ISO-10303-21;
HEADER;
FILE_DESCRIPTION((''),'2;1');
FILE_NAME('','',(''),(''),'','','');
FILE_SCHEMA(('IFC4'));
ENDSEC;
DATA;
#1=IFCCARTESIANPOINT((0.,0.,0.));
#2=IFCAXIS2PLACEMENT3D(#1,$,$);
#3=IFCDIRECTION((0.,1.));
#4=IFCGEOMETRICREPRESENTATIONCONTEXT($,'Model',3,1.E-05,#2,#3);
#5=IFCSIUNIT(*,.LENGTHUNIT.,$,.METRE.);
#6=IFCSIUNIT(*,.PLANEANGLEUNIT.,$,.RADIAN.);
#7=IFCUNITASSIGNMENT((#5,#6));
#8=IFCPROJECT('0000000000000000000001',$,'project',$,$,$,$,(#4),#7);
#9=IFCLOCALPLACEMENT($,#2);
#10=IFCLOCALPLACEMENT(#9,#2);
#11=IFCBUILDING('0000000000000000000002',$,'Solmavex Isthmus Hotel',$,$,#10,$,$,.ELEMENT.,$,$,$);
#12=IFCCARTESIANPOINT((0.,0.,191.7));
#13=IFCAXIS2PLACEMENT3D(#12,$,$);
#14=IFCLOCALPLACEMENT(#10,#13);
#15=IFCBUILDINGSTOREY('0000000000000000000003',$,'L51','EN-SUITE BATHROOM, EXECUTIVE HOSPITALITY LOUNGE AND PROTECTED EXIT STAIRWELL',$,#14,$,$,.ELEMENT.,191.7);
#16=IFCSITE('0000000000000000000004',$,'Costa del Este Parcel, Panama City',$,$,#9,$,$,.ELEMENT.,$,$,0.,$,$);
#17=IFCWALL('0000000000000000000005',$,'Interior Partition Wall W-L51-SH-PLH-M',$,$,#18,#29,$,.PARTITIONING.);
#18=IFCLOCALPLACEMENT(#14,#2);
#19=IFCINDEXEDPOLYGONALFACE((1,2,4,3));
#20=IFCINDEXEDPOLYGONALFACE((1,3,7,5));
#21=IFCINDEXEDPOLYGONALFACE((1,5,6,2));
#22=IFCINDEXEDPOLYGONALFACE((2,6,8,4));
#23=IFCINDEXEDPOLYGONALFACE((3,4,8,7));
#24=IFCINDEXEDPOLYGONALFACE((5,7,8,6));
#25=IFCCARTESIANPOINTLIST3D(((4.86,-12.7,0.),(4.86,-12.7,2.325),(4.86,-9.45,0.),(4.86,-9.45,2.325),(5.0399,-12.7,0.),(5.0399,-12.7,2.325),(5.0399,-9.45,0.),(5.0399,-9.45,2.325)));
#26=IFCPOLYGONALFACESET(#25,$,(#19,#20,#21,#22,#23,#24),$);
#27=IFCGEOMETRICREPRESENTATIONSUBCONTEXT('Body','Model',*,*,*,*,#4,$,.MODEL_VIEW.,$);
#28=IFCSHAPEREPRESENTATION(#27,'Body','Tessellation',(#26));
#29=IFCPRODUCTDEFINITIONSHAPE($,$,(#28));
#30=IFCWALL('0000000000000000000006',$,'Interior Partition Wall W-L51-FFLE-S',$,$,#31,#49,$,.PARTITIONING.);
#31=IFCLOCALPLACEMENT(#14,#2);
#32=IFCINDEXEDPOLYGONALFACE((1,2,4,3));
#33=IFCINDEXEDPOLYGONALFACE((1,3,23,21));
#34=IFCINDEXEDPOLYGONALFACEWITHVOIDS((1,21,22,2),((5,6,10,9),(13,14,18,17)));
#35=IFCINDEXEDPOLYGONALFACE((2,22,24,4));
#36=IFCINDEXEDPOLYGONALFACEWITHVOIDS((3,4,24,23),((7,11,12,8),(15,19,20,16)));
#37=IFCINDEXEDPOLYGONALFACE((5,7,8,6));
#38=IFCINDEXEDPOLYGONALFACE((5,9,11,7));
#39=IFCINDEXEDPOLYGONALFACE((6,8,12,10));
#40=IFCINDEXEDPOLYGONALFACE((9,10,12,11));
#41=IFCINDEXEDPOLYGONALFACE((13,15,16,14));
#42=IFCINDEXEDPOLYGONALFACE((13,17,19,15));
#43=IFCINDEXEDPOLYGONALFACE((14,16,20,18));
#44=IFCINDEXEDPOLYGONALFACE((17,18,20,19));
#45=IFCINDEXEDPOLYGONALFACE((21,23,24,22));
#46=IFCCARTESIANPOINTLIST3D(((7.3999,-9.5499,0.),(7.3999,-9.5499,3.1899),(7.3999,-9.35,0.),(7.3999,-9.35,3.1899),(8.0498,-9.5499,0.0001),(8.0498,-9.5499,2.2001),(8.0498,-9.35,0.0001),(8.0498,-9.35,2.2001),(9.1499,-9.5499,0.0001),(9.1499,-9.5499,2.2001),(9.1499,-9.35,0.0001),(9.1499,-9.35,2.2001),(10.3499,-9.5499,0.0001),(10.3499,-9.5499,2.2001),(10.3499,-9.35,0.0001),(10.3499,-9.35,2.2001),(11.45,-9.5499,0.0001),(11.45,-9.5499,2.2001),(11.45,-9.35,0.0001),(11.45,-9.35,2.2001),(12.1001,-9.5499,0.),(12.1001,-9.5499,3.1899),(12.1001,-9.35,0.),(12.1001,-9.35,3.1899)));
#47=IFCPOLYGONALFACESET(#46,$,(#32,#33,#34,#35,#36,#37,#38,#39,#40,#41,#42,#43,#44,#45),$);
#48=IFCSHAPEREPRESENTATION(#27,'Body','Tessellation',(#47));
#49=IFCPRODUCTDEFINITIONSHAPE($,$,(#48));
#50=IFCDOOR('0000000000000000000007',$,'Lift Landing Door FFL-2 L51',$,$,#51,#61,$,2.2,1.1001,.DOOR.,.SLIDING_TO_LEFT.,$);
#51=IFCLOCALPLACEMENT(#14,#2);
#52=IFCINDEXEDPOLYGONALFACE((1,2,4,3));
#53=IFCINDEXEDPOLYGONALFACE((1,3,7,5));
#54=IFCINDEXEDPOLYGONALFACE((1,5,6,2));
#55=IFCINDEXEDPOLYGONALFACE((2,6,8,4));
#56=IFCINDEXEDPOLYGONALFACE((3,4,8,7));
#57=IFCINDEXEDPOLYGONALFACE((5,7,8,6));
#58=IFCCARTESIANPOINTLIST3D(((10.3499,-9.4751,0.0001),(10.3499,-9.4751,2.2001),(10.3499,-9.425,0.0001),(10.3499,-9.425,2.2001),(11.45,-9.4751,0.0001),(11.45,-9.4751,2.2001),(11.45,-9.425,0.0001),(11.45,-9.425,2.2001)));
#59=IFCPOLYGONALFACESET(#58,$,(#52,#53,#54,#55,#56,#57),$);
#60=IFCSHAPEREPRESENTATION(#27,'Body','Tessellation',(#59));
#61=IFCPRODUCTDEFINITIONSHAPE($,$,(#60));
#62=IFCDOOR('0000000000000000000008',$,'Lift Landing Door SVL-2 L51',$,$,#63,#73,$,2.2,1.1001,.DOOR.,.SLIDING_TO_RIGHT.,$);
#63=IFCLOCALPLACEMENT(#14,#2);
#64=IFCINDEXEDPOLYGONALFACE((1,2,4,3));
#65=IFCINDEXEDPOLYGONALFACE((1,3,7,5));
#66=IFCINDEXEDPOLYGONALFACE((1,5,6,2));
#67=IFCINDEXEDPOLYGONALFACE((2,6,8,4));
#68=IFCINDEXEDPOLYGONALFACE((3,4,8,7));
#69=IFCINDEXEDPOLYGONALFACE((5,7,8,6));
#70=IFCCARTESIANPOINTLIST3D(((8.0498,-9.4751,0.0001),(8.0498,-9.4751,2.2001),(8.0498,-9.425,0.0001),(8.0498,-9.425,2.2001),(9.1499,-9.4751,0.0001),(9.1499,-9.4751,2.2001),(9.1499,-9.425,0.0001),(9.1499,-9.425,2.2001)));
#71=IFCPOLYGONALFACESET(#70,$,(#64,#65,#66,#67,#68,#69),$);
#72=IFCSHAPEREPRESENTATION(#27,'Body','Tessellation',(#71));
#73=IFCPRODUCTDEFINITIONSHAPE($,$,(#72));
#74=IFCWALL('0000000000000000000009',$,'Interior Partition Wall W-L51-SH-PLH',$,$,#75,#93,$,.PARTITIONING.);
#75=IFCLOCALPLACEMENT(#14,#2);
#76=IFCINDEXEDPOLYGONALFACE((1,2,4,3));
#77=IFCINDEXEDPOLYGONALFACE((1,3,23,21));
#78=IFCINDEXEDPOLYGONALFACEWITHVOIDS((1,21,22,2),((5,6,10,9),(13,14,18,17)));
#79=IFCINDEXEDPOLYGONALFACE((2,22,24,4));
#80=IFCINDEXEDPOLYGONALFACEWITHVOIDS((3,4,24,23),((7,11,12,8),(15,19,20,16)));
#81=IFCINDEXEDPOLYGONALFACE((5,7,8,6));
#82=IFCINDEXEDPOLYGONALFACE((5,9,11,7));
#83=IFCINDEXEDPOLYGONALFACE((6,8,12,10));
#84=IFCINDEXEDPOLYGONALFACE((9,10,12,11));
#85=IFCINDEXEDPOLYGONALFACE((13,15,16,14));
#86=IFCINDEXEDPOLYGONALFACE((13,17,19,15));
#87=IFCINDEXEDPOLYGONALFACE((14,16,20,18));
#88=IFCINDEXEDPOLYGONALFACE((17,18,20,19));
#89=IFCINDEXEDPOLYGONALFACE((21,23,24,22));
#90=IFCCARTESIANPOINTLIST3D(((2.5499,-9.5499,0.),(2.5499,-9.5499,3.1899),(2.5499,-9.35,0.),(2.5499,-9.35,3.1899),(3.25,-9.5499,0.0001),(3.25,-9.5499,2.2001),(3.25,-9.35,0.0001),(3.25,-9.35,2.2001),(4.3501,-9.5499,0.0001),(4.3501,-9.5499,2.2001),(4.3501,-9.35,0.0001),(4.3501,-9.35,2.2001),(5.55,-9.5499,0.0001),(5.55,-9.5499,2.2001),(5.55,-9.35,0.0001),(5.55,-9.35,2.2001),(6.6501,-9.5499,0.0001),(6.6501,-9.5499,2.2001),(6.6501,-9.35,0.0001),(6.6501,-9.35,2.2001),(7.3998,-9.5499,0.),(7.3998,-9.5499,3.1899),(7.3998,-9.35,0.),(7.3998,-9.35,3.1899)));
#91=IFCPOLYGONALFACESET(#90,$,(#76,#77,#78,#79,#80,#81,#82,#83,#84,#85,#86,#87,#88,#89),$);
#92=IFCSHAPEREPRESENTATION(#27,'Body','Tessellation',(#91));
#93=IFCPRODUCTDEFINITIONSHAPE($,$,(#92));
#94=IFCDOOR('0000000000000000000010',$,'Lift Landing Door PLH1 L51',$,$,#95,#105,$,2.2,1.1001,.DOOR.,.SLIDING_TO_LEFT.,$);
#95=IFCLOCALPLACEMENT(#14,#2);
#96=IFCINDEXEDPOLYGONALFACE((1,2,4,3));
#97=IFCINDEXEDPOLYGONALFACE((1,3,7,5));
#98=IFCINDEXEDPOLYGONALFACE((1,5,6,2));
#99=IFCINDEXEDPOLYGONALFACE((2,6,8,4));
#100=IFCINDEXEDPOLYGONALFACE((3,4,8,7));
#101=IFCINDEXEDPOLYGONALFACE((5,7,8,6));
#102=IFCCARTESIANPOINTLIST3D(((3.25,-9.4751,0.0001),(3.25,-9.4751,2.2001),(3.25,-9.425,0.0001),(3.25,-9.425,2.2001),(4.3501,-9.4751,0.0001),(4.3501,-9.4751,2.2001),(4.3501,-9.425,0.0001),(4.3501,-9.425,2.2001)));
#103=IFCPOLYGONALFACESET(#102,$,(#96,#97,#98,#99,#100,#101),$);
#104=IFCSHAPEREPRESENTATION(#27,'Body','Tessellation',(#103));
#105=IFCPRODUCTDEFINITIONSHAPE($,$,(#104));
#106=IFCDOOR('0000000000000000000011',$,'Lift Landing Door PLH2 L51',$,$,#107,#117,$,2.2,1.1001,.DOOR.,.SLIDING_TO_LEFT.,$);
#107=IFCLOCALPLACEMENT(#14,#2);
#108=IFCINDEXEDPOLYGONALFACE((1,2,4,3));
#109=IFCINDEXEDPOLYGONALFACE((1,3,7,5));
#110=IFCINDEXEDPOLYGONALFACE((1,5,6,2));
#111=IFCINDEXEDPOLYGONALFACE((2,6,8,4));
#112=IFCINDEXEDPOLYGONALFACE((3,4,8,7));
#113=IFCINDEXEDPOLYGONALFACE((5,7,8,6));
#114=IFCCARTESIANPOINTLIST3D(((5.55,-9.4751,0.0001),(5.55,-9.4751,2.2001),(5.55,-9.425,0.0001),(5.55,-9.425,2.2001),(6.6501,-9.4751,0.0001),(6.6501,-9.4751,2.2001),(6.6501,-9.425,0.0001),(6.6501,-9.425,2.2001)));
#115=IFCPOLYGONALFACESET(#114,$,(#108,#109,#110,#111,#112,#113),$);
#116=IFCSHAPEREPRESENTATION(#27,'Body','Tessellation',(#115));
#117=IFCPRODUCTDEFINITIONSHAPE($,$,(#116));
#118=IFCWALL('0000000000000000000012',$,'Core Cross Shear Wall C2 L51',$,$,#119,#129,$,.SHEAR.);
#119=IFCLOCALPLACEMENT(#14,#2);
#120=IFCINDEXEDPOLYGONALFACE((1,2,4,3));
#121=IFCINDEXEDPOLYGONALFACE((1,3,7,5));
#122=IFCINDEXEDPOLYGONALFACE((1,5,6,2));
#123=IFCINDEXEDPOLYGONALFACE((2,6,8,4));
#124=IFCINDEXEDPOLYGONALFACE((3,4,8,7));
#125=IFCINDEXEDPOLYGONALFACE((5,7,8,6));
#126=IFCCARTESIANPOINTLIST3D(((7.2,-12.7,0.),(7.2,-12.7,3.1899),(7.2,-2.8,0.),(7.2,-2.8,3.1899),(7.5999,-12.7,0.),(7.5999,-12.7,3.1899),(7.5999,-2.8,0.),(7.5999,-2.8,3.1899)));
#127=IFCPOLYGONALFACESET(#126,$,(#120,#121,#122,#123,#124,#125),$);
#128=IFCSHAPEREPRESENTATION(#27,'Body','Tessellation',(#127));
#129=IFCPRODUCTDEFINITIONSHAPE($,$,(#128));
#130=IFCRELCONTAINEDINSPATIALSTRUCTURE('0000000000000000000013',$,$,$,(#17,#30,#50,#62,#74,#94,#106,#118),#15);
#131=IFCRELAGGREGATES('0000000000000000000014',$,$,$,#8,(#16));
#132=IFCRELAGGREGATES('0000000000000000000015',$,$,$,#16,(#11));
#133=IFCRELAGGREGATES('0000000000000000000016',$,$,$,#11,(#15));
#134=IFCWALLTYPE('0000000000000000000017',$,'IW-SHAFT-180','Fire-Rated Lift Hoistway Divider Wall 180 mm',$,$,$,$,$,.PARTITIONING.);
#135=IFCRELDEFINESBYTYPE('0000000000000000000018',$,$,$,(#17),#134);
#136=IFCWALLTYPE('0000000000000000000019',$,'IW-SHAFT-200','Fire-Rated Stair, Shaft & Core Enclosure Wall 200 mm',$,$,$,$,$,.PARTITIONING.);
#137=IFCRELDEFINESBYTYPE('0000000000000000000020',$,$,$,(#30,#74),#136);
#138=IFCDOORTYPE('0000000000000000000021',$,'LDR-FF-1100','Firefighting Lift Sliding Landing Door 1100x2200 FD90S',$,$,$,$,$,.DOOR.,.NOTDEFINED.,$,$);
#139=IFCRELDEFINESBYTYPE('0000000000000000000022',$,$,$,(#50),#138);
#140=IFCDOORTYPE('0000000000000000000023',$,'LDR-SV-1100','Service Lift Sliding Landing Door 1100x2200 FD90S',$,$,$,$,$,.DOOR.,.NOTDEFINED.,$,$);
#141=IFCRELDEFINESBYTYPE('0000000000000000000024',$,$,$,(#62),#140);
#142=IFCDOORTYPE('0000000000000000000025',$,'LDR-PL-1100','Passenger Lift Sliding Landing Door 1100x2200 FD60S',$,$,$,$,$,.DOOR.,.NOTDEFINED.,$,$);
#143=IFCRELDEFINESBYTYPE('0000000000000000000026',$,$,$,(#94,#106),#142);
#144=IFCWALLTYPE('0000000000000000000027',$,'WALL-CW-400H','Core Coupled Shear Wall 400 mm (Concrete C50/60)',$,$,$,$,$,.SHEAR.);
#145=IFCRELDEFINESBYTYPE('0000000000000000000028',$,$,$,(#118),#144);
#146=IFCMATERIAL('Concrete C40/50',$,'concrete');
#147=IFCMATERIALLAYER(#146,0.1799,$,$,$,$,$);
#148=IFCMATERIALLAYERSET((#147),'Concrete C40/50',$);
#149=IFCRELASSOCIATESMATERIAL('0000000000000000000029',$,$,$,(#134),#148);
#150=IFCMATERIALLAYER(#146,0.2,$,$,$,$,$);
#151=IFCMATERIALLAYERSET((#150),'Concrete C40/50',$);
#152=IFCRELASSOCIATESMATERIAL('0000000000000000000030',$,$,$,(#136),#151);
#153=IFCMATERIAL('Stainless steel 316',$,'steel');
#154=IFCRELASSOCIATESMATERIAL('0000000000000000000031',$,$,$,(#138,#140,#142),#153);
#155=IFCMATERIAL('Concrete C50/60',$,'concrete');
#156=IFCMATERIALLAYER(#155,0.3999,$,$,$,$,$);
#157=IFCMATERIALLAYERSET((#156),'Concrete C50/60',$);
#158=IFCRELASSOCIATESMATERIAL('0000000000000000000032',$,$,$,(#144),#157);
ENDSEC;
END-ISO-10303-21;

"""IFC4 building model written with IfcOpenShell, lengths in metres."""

from ifc_helpers import new_model, si_unit, direction, frame, frame_2d, origin, place, context, subcontext, project, spatial, rectangle, extrude, material, layer, layer_set, type_object, element, fill, save


model = new_model("IFC4")

# Units and contexts
model_context = context("Model", 3, precision=1e-05, world=origin(), true_north=direction((0.0, 1.0)))
body_context = subcontext(model_context, "Body", "Model", "MODEL_VIEW")
ifc_project = project(units=[si_unit("LENGTHUNIT", "METRE"), si_unit("PLANEANGLEUNIT", "RADIAN")], contexts=[model_context])

# Site, building, storey
site_placement = place(None, origin())
site = spatial("IfcSite", under=ifc_project, at=site_placement, Name="Costa del Este Parcel, Panama City", CompositionType="ELEMENT", RefElevation=0.0)
building_placement = place(site_placement, origin())
building = spatial("IfcBuilding", under=site, at=building_placement, Name="Solmavex Isthmus Hotel", CompositionType="ELEMENT")
storey_placement = place(building_placement, frame((0.0, 0.0, 191.7)))
storey = spatial("IfcBuildingStorey", under=building, at=storey_placement, Name="L51", Description="EN-SUITE BATHROOM, EXECUTIVE HOSPITALITY LOUNGE AND PROTECTED EXIT STAIRWELL", CompositionType="ELEMENT", Elevation=191.7)

# Shared definitions
ifc_material_1 = material(Name="Concrete C50/60", Category="concrete")

# Wall
ifc_material_2 = material(Name="Concrete C40/50", Category="concrete")
ifc_layer_1 = layer(ifc_material_2, 0.1799)
ifc_layer_set_1 = layer_set([ifc_layer_1], Name="Concrete C40/50")
wall_type_1 = type_object("IfcWallType", Name="IW-SHAFT-180", Description="Fire-Rated Lift Hoistway Divider Wall 180 mm", PredefinedType="PARTITIONING", material=ifc_layer_set_1)
wall_1_placement = place(storey_placement, frame((4.95, -12.7, 0.0), z_axis=(0.0, 0.0, 1.0), x_axis=(0.0, 1.0, 0.0)))
element("IfcWall", 1, at=wall_1_placement, inside=storey, type_object=wall_type_1, Name="Interior Partition Wall W-L51-SH-PLH-M", PredefinedType="PARTITIONING", context=body_context, shape_type="SweptSolid", body=[
    extrude(rectangle(XDim=3.25, YDim=0.1799, at=frame_2d((1.625, 0.0))), origin(), (0.0, 0.0, 1.0), 2.325),
])

# Walls, openings, doors
ifc_layer_2 = layer(ifc_material_2, 0.2)
ifc_layer_set_2 = layer_set([ifc_layer_2], Name="Concrete C40/50")
wall_type_2 = type_object("IfcWallType", Name="IW-SHAFT-200", Description="Fire-Rated Stair, Shaft & Core Enclosure Wall 200 mm", PredefinedType="PARTITIONING", material=ifc_layer_set_2)
wall_2_placement = place(storey_placement, frame((7.3999, -9.45, 0.0), z_axis=(0.0, 0.0, 1.0), x_axis=(1.0, 0.0, 0.0)))
wall_2 = element("IfcWall", 2, at=wall_2_placement, inside=storey, type_object=wall_type_2, Name="Interior Partition Wall W-L51-FFLE-S", PredefinedType="PARTITIONING", context=body_context, shape_type="SweptSolid", body=[
    extrude(rectangle(XDim=4.7002, YDim=0.2, at=frame_2d((2.3501, 0.0))), origin(), (0.0, 0.0, 1.0), 3.1899),
])
opening_1_placement = place(wall_2_placement, frame((2.95, 0.0, 0.0)))
opening_1 = element("IfcOpeningElement", 3, at=opening_1_placement, cuts=wall_2, PredefinedType="OPENING", context=body_context, shape_type="SweptSolid", body=[
    extrude(rectangle(XDim=1.1001, YDim=2.2, at=frame_2d((0.55, 1.1001))), frame((0.0, 0.1099, 0.0), z_axis=(0.0, -1.0, 0.0), x_axis=(1.0, 0.0, 0.0)), (0.0, 0.0, 1.0), 0.22),
])
opening_2_placement = place(wall_2_placement, frame((0.6499, 0.0, 0.0)))
opening_2 = element("IfcOpeningElement", 4, at=opening_2_placement, cuts=wall_2, PredefinedType="OPENING", context=body_context, shape_type="SweptSolid", body=[
    extrude(rectangle(XDim=1.1001, YDim=2.2, at=frame_2d((0.55, 1.1001))), frame((0.0, 0.1099, 0.0), z_axis=(0.0, -1.0, 0.0), x_axis=(1.0, 0.0, 0.0)), (0.0, 0.0, 1.0), 0.22),
])
ifc_material_3 = material(Name="Stainless steel 316", Category="steel")
door_type_1 = type_object("IfcDoorType", Name="LDR-FF-1100", Description="Firefighting Lift Sliding Landing Door 1100x2200 FD90S", OperationType="NOTDEFINED", PredefinedType="DOOR", material=ifc_material_3)
door_1_placement = place(opening_1_placement, origin())
door_1 = element("IfcDoor", 5, at=door_1_placement, inside=storey, type_object=door_type_1, Name="Lift Landing Door FFL-2 L51", OperationType="SLIDING_TO_LEFT", OverallHeight=2.2, OverallWidth=1.1001, PredefinedType="DOOR", context=body_context, shape_type="SweptSolid", body=[
    extrude(rectangle(XDim=1.1001, YDim=2.2, at=frame_2d((0.55, 1.1001))), frame((0.0, 0.0249, 0.0), z_axis=(0.0, -1.0, 0.0), x_axis=(1.0, 0.0, 0.0)), (0.0, 0.0, 1.0), 0.05),
])
fill(opening_1, door_1)
door_type_2 = type_object("IfcDoorType", Name="LDR-SV-1100", Description="Service Lift Sliding Landing Door 1100x2200 FD90S", OperationType="NOTDEFINED", PredefinedType="DOOR", material=ifc_material_3)
door_2_placement = place(opening_2_placement, origin())
door_2 = element("IfcDoor", 6, at=door_2_placement, inside=storey, type_object=door_type_2, Name="Lift Landing Door SVL-2 L51", OperationType="SLIDING_TO_RIGHT", OverallHeight=2.2, OverallWidth=1.1001, PredefinedType="DOOR", context=body_context, shape_type="SweptSolid", body=[
    extrude(rectangle(XDim=1.1001, YDim=2.2, at=frame_2d((0.55, 1.1001))), frame((0.0, 0.0249, 0.0), z_axis=(0.0, -1.0, 0.0), x_axis=(1.0, 0.0, 0.0)), (0.0, 0.0, 1.0), 0.05),
])
fill(opening_2, door_2)
wall_3_placement = place(storey_placement, frame((2.55, -9.45, 0.0), z_axis=(0.0, 0.0, 1.0), x_axis=(1.0, 0.0, 0.0)))
wall_3 = element("IfcWall", 7, at=wall_3_placement, inside=storey, type_object=wall_type_2, Name="Interior Partition Wall W-L51-SH-PLH", PredefinedType="PARTITIONING", context=body_context, shape_type="SweptSolid", body=[
    extrude(rectangle(XDim=4.8499, YDim=0.2, at=frame_2d((2.4248, 0.0))), origin(), (0.0, 0.0, 1.0), 3.1899),
])
opening_3_placement = place(wall_3_placement, frame((0.7, 0.0, 0.0)))
opening_3 = element("IfcOpeningElement", 8, at=opening_3_placement, cuts=wall_3, PredefinedType="OPENING", context=body_context, shape_type="SweptSolid", body=[
    extrude(rectangle(XDim=1.1001, YDim=2.2, at=frame_2d((0.55, 1.1001))), frame((0.0, 0.1099, 0.0), z_axis=(0.0, -1.0, 0.0), x_axis=(1.0, 0.0, 0.0)), (0.0, 0.0, 1.0), 0.22),
])
opening_4_placement = place(wall_3_placement, frame((3.0, 0.0, 0.0)))
opening_4 = element("IfcOpeningElement", 9, at=opening_4_placement, cuts=wall_3, PredefinedType="OPENING", context=body_context, shape_type="SweptSolid", body=[
    extrude(rectangle(XDim=1.1001, YDim=2.2, at=frame_2d((0.55, 1.1001))), frame((0.0, 0.1099, 0.0), z_axis=(0.0, -1.0, 0.0), x_axis=(1.0, 0.0, 0.0)), (0.0, 0.0, 1.0), 0.22),
])
door_type_3 = type_object("IfcDoorType", Name="LDR-PL-1100", Description="Passenger Lift Sliding Landing Door 1100x2200 FD60S", OperationType="NOTDEFINED", PredefinedType="DOOR", material=ifc_material_3)
door_3_placement = place(opening_3_placement, origin())
door_3 = element("IfcDoor", 10, at=door_3_placement, inside=storey, type_object=door_type_3, Name="Lift Landing Door PLH1 L51", OperationType="SLIDING_TO_LEFT", OverallHeight=2.2, OverallWidth=1.1001, PredefinedType="DOOR", context=body_context, shape_type="SweptSolid", body=[
    extrude(rectangle(XDim=1.1001, YDim=2.2, at=frame_2d((0.55, 1.1001))), frame((0.0, 0.0249, 0.0), z_axis=(0.0, -1.0, 0.0), x_axis=(1.0, 0.0, 0.0)), (0.0, 0.0, 1.0), 0.05),
])
fill(opening_3, door_3)
door_4_placement = place(opening_4_placement, origin())
door_4 = element("IfcDoor", 11, at=door_4_placement, inside=storey, type_object=door_type_3, Name="Lift Landing Door PLH2 L51", OperationType="SLIDING_TO_LEFT", OverallHeight=2.2, OverallWidth=1.1001, PredefinedType="DOOR", context=body_context, shape_type="SweptSolid", body=[
    extrude(rectangle(XDim=1.1001, YDim=2.2, at=frame_2d((0.55, 1.1001))), frame((0.0, 0.0249, 0.0), z_axis=(0.0, -1.0, 0.0), x_axis=(1.0, 0.0, 0.0)), (0.0, 0.0, 1.0), 0.05),
])
fill(opening_4, door_4)

# Wall
ifc_layer_3 = layer(ifc_material_1, 0.3999)
ifc_layer_set_3 = layer_set([ifc_layer_3], Name="Concrete C50/60")
wall_type_3 = type_object("IfcWallType", Name="WALL-CW-400H", Description="Core Coupled Shear Wall 400 mm (Concrete C50/60)", PredefinedType="SHEAR", material=ifc_layer_set_3)
wall_4_placement = place(storey_placement, frame((7.3999, -12.7, 0.0), z_axis=(0.0, 0.0, 1.0), x_axis=(0.0, 1.0, 0.0)))
element("IfcWall", 12, at=wall_4_placement, inside=storey, type_object=wall_type_3, Name="Core Cross Shear Wall C2 L51", PredefinedType="SHEAR", context=body_context, shape_type="SweptSolid", body=[
    extrude(rectangle(XDim=9.8999, YDim=0.3999, at=frame_2d((4.95, 0.0))), origin(), (0.0, 0.0, 1.0), 3.1899),
])

save(model, "model.ifc")
